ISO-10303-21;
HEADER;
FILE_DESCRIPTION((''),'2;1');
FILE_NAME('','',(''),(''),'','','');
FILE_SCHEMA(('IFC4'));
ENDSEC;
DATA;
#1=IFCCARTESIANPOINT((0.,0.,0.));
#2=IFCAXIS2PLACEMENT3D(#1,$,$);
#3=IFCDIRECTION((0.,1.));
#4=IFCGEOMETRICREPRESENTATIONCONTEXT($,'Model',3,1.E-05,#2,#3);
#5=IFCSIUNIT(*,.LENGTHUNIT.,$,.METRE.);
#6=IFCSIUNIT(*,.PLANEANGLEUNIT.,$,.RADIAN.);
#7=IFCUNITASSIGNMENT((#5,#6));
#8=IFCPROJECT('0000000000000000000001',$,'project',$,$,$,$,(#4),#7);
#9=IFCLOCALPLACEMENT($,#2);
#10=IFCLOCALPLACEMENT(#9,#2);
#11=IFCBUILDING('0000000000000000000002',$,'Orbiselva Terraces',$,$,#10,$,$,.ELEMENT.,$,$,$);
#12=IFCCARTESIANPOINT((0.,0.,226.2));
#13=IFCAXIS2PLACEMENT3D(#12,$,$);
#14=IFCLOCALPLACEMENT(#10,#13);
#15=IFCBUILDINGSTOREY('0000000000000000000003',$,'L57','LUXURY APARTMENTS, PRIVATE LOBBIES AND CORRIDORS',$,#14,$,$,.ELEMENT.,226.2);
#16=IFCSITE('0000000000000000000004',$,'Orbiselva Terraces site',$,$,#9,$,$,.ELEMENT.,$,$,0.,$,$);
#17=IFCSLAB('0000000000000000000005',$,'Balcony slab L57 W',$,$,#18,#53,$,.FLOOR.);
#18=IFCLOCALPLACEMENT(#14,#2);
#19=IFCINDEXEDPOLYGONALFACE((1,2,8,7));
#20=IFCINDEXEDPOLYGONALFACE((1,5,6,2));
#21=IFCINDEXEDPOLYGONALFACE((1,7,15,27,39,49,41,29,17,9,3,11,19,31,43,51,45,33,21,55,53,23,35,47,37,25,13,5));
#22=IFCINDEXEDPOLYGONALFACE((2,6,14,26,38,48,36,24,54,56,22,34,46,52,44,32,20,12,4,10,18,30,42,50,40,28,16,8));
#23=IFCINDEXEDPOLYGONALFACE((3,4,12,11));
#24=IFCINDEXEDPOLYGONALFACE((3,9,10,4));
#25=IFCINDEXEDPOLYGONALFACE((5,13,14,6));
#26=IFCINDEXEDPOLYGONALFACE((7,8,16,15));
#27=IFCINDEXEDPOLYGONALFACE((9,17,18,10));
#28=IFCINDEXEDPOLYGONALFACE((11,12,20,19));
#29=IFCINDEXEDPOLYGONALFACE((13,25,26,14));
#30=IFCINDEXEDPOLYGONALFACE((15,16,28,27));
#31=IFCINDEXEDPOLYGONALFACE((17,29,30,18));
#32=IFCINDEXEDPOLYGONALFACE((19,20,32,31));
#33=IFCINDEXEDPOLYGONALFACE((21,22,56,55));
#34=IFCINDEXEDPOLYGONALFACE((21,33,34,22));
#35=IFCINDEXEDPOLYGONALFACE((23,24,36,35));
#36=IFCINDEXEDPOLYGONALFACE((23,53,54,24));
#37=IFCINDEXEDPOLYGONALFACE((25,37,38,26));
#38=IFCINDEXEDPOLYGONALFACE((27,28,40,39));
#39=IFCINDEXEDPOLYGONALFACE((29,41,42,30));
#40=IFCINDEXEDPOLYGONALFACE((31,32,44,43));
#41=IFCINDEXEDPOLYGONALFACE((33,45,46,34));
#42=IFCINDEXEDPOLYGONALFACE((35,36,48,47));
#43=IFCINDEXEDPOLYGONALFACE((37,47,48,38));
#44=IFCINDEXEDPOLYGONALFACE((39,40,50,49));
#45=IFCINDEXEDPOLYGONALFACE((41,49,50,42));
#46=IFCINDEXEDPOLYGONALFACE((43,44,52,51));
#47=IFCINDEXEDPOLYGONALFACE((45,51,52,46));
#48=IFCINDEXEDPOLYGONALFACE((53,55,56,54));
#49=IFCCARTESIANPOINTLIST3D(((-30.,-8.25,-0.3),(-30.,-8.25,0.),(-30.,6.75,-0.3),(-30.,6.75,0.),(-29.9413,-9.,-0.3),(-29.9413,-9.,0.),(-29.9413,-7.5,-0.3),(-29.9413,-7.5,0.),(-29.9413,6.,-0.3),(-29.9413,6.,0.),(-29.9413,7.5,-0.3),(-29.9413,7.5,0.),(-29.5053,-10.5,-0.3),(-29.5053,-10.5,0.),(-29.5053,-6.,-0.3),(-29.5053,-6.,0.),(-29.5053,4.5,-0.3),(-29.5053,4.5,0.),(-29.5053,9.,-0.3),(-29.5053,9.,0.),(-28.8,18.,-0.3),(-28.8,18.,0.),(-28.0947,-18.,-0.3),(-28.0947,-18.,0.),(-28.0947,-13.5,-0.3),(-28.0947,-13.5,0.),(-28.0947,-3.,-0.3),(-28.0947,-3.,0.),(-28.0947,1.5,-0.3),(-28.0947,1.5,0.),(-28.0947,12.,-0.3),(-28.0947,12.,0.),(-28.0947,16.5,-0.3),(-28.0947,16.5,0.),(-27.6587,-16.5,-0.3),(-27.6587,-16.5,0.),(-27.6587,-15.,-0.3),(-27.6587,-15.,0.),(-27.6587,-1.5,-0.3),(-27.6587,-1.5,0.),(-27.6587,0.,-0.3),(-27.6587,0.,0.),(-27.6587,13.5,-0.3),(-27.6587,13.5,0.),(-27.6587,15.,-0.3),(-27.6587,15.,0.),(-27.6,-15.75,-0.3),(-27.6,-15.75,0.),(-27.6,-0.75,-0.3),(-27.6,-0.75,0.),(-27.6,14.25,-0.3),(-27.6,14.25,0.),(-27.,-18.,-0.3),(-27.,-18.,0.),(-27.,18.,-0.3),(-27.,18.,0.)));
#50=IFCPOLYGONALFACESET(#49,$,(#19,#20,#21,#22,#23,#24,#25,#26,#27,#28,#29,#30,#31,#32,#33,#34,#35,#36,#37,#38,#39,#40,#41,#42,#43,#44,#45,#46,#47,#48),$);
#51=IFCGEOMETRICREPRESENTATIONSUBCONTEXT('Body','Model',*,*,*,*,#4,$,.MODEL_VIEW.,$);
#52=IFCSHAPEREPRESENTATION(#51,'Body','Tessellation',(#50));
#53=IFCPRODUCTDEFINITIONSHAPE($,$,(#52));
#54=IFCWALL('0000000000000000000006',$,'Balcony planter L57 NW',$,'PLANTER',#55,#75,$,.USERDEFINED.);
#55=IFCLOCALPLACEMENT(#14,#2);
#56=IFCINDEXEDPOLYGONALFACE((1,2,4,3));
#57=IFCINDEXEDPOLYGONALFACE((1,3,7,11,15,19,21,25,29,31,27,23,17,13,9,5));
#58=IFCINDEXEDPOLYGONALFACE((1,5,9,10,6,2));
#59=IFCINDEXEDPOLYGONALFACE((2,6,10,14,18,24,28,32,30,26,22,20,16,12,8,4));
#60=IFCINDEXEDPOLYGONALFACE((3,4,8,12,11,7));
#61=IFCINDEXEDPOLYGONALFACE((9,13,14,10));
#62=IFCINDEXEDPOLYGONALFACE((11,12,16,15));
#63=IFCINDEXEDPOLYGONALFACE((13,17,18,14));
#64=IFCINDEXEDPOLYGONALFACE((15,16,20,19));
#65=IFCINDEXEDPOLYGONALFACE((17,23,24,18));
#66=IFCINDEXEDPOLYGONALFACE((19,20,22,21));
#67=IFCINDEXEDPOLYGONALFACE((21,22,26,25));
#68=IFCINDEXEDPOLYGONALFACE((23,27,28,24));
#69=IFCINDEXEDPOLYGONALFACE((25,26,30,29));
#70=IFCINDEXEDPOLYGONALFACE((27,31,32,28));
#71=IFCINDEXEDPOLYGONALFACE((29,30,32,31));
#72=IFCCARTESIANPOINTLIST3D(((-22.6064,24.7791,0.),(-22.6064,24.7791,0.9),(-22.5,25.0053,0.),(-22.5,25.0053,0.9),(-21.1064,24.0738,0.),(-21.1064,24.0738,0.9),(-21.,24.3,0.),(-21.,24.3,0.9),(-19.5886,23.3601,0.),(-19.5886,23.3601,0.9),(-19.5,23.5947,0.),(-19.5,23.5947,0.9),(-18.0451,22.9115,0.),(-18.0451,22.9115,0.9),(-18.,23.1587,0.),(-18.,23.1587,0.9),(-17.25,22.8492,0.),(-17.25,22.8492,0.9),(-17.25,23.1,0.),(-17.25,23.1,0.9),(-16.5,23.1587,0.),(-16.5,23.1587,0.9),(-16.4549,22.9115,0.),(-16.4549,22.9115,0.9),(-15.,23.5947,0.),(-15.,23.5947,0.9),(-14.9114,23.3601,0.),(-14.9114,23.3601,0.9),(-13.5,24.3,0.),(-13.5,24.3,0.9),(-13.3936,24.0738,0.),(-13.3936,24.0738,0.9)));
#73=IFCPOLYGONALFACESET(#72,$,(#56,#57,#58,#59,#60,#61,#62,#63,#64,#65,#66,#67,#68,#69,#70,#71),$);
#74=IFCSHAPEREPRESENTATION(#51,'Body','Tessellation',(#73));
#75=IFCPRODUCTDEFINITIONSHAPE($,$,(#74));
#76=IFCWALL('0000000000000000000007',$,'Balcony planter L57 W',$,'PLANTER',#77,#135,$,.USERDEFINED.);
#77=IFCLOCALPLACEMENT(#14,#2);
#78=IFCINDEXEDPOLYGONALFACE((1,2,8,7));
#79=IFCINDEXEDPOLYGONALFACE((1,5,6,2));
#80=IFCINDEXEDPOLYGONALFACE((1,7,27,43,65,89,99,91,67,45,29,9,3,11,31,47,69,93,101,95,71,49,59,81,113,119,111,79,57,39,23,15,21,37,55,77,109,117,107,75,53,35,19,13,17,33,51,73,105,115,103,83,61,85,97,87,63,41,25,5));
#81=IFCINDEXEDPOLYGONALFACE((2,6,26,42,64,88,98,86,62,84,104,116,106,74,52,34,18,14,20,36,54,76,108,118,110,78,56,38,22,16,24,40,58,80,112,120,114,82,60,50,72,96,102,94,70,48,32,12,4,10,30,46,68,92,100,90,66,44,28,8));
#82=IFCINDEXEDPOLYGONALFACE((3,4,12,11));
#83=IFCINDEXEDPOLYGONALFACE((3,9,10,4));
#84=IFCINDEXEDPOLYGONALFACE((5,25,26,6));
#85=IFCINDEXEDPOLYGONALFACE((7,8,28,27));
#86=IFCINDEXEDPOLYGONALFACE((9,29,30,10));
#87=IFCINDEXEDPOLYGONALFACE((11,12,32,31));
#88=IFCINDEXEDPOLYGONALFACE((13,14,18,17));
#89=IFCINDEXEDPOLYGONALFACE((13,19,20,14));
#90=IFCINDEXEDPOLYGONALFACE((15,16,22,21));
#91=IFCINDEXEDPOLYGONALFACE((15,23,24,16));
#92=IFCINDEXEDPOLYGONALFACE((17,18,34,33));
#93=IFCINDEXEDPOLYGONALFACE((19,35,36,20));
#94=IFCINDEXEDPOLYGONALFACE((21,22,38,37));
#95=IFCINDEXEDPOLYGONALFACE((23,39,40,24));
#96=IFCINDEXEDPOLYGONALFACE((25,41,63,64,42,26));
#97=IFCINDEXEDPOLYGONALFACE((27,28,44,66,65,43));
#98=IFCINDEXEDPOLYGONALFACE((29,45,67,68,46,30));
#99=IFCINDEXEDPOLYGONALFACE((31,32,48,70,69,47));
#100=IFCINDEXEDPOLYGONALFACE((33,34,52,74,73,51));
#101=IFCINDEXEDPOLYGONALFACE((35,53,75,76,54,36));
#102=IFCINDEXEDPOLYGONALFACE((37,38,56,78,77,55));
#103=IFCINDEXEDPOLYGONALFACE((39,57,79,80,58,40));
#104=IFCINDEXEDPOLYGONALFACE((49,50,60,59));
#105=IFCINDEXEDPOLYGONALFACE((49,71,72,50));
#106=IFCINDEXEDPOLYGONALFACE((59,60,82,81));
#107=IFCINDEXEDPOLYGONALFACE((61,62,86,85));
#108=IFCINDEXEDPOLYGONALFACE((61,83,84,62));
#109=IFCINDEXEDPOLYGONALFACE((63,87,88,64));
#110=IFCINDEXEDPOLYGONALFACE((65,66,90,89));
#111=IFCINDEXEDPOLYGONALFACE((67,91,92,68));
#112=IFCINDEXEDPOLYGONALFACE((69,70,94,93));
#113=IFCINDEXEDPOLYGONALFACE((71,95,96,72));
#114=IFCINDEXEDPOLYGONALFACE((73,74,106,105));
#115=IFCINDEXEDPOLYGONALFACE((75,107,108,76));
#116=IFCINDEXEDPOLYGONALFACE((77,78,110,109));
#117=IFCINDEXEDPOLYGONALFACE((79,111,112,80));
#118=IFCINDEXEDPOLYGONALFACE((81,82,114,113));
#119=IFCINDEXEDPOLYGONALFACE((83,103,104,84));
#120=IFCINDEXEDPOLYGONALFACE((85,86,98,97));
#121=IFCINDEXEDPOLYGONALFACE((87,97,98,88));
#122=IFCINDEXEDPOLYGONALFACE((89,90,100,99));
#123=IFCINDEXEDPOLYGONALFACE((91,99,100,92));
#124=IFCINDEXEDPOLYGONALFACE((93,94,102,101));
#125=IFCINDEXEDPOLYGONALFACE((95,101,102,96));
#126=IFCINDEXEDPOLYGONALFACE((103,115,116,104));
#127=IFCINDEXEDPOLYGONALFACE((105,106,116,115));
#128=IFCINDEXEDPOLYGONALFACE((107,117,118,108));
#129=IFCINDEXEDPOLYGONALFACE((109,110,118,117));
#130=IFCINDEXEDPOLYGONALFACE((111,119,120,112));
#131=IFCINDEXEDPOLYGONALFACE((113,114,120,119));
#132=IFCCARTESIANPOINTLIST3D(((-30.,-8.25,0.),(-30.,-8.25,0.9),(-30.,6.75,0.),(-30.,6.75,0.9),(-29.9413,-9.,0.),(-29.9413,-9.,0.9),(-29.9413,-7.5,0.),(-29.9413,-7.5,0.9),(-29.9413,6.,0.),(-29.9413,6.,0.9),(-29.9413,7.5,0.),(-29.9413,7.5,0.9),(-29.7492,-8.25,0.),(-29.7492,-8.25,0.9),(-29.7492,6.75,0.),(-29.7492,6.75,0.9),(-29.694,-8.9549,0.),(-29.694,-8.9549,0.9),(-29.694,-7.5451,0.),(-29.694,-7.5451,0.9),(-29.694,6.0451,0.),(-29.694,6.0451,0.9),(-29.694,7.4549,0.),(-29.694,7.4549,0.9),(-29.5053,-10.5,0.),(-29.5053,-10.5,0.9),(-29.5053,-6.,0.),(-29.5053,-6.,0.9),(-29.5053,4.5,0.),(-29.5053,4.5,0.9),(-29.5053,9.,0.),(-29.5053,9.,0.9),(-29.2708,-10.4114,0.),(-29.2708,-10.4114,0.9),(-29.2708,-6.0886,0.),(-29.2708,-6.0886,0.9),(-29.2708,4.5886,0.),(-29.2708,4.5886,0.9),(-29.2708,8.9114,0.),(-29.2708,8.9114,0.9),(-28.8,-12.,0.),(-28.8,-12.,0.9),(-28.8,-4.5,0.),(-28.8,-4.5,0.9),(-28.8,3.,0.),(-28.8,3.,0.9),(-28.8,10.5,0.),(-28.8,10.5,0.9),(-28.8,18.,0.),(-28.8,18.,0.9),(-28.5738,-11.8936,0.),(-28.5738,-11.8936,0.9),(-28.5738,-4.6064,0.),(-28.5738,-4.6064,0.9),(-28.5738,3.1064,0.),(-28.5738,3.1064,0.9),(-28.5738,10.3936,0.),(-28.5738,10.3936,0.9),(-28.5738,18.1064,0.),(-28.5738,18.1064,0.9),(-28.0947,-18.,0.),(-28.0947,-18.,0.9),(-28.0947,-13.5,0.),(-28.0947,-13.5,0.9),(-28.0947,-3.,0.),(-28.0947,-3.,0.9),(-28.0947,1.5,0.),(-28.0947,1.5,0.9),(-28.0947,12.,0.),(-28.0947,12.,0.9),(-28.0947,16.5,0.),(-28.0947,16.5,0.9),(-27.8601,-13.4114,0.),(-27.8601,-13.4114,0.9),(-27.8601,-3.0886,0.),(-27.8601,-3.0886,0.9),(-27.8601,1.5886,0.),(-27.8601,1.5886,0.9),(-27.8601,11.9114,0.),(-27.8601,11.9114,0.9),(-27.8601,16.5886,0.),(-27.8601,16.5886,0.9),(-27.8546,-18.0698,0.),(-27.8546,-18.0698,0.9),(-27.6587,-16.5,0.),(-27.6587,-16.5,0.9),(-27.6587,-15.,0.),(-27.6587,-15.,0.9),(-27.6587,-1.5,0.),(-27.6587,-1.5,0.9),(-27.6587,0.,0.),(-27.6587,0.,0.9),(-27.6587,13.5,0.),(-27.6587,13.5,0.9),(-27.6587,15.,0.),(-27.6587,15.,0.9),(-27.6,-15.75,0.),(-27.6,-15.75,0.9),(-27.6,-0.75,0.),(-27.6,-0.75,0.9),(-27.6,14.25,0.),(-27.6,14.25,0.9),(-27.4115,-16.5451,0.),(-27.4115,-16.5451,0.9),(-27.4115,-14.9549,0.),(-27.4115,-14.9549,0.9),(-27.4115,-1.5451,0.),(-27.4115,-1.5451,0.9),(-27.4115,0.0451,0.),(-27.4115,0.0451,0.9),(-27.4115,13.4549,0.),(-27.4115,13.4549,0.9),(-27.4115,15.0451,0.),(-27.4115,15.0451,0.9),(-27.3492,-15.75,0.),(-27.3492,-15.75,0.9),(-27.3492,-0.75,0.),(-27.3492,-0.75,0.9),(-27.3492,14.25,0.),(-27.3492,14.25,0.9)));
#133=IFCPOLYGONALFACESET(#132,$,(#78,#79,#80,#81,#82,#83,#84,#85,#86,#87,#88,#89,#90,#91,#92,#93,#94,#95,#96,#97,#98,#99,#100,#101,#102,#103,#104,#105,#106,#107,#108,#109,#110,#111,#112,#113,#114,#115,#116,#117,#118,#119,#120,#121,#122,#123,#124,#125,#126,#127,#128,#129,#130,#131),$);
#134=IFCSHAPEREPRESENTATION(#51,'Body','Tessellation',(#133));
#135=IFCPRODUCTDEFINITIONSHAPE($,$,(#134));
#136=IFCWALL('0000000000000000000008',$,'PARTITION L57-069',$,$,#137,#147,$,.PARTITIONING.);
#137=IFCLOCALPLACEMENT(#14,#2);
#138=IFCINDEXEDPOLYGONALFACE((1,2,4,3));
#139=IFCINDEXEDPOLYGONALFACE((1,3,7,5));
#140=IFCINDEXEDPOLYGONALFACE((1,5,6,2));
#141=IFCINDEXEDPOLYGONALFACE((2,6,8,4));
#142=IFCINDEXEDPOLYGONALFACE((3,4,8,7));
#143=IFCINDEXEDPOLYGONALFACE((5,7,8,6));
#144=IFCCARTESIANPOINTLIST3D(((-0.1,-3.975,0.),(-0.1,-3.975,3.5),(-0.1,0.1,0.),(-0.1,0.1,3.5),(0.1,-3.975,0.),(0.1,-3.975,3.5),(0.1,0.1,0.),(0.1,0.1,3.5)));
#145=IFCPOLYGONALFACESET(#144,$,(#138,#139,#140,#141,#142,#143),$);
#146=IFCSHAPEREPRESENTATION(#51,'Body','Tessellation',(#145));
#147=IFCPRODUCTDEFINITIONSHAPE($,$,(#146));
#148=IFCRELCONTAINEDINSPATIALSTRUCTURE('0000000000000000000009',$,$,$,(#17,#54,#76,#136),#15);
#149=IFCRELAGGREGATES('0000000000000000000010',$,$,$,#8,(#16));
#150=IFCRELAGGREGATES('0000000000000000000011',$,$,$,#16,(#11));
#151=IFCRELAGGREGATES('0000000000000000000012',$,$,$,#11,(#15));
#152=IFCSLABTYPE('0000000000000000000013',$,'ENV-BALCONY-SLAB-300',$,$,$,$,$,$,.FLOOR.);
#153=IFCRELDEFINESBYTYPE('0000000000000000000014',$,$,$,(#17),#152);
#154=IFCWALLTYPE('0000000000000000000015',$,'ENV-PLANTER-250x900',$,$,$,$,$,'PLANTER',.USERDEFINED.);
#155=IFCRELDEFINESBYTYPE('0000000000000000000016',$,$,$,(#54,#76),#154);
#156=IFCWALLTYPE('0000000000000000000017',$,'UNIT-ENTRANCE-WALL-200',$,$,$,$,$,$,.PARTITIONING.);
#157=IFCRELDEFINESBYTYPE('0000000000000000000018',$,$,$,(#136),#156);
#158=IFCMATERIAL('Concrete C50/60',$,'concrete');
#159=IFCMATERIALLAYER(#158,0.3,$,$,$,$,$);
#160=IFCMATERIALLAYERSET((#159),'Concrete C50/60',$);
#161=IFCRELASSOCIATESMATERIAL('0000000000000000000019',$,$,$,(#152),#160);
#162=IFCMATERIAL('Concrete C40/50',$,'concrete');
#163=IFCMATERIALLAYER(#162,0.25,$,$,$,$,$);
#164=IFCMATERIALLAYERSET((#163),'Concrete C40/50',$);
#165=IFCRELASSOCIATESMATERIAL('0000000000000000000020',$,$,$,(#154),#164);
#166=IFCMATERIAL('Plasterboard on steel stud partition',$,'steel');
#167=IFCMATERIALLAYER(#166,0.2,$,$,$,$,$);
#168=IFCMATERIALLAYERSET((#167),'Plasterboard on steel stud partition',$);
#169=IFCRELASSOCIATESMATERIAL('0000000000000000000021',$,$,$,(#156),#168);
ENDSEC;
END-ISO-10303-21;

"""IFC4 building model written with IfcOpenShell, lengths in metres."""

from ifc_helpers import new_model, si_unit, direction, frame, frame_2d, origin, place, context, subcontext, project, spatial, polyline, rectangle, outline, extrude, material, layer, layer_set, type_object, element, save


model = new_model("IFC4")

# Units and contexts
model_context = context("Model", 3, precision=1e-05, world=origin(), true_north=direction((0.0, 1.0)))
body_context = subcontext(model_context, "Body", "Model", "MODEL_VIEW")
ifc_project = project(units=[si_unit("LENGTHUNIT", "METRE"), si_unit("PLANEANGLEUNIT", "RADIAN")], contexts=[model_context])

# Site, building, storey
site_placement = place(None, origin())
site = spatial("IfcSite", under=ifc_project, at=site_placement, Name="Orbiselva Terraces site", CompositionType="ELEMENT", RefElevation=0.0)
building_placement = place(site_placement, origin())
building = spatial("IfcBuilding", under=site, at=building_placement, Name="Orbiselva Terraces", CompositionType="ELEMENT")
storey_placement = place(building_placement, frame((0.0, 0.0, 226.2)))
storey = spatial("IfcBuildingStorey", under=building, at=storey_placement, Name="L57", Description="LUXURY APARTMENTS, PRIVATE LOBBIES AND CORRIDORS", CompositionType="ELEMENT", Elevation=226.2)

# Shared definitions
ifc_material_1 = material(Name="Concrete C50/60", Category="concrete")

# Shared definitions
ifc_material_2 = material(Name="Concrete C40/50", Category="concrete")

# Slab
ifc_layer_1 = layer(ifc_material_1, 0.3)
ifc_layer_set_1 = layer_set([ifc_layer_1], Name="Concrete C50/60")
slab_type_1 = type_object("IfcSlabType", Name="ENV-BALCONY-SLAB-300", PredefinedType="FLOOR", material=ifc_layer_set_1)
slab_1_placement = place(storey_placement, frame((0.0, 0.0, -0.3)))
element("IfcSlab", 1, at=slab_1_placement, inside=storey, type_object=slab_type_1, Name="Balcony slab L57 W", PredefinedType="FLOOR", context=body_context, shape_type="SweptSolid", body=[
    extrude(outline(polyline([(-28.8, 18.0), (-28.0947, 16.5), (-27.6587, 15.0), (-27.6, 14.25), (-27.6587, 13.5), (-28.0947, 12.0), (-29.5053, 9.0), (-29.9413, 7.5), (-30.0, 6.75), (-29.9413, 6.0), (-29.5053, 4.5), (-28.0947, 1.5), (-27.6587, 0.0), (-27.6, -0.75), (-27.6587, -1.5), (-28.0947, -3.0), (-29.5053, -6.0), (-29.9413, -7.5), (-30.0, -8.25), (-29.9413, -9.0), (-29.5053, -10.5), (-28.0947, -13.5), (-27.6587, -15.0), (-27.6, -15.75), (-27.6587, -16.5), (-28.0947, -18.0), (-27.0, -18.0), (-27.0, 18.0), (-28.8, 18.0)])), origin(), (0.0, 0.0, 1.0), 0.3),
])

# Walls
ifc_layer_2 = layer(ifc_material_2, 0.25)
ifc_layer_set_2 = layer_set([ifc_layer_2], Name="Concrete C40/50")
wall_type_1 = type_object("IfcWallType", Name="ENV-PLANTER-250x900", ElementType="PLANTER", PredefinedType="USERDEFINED", material=ifc_layer_set_2)
wall_1_placement = place(storey_placement, origin())
element("IfcWall", 2, at=wall_1_placement, inside=storey, type_object=wall_type_1, Name="Balcony planter L57 NW", ObjectType="PLANTER", PredefinedType="USERDEFINED", context=body_context, shape_type="SweptSolid", body=[
    extrude(outline(polyline([(-13.5, 24.3), (-15.0, 23.5947), (-16.5, 23.1587), (-17.25, 23.1), (-18.0, 23.1587), (-19.5, 23.5947), (-21.0, 24.3), (-22.5, 25.0053), (-22.6064, 24.7791), (-21.1064, 24.0738), (-19.5886, 23.3601), (-18.0451, 22.9115), (-17.25, 22.8492), (-16.4549, 22.9115), (-14.9114, 23.3601), (-13.3936, 24.0738), (-13.5, 24.3)])), origin(), (0.0, 0.0, 1.0), 0.9),
])
wall_2_placement = place(storey_placement, origin())
element("IfcWall", 3, at=wall_2_placement, inside=storey, type_object=wall_type_1, Name="Balcony planter L57 W", ObjectType="PLANTER", PredefinedType="USERDEFINED", context=body_context, shape_type="SweptSolid", body=[
    extrude(outline(polyline([(-28.8, 18.0), (-28.0947, 16.5), (-27.6587, 15.0), (-27.6, 14.25), (-27.6587, 13.5), (-28.0947, 12.0), (-28.8, 10.5), (-29.5053, 9.0), (-29.9413, 7.5), (-30.0, 6.75), (-29.9413, 6.0), (-29.5053, 4.5), (-28.8, 3.0), (-28.0947, 1.5), (-27.6587, 0.0), (-27.6, -0.75), (-27.6587, -1.5), (-28.0947, -3.0), (-28.8, -4.5), (-29.5053, -6.0), (-29.9413, -7.5), (-30.0, -8.25), (-29.9413, -9.0), (-29.5053, -10.5), (-28.8, -12.0), (-28.0947, -13.5), (-27.6587, -15.0), (-27.6, -15.75), (-27.6587, -16.5), (-28.0947, -18.0), (-27.8546, -18.0698), (-27.4115, -16.5451), (-27.3492, -15.75), (-27.4115, -14.9549), (-27.8601, -13.4114), (-28.5738, -11.8936), (-29.2708, -10.4114), (-29.694, -8.9549), (-29.7492, -8.25), (-29.694, -7.5451), (-29.2708, -6.0886), (-28.5738, -4.6064), (-27.8601, -3.0886), (-27.4115, -1.5451), (-27.3492, -0.75), (-27.4115, 0.0451), (-27.8601, 1.5886), (-28.5738, 3.1064), (-29.2708, 4.5886), (-29.694, 6.0451), (-29.7492, 6.75), (-29.694, 7.4549), (-29.2708, 8.9114), (-28.5738, 10.3936), (-27.8601, 11.9114), (-27.4115, 13.4549), (-27.3492, 14.25), (-27.4115, 15.0451), (-27.8601, 16.5886), (-28.5738, 18.1064), (-28.8, 18.0)])), origin(), (0.0, 0.0, 1.0), 0.9),
])
ifc_material_3 = material(Name="Plasterboard on steel stud partition", Category="steel")
ifc_layer_3 = layer(ifc_material_3, 0.2)
ifc_layer_set_3 = layer_set([ifc_layer_3], Name="Plasterboard on steel stud partition")
wall_type_2 = type_object("IfcWallType", Name="UNIT-ENTRANCE-WALL-200", PredefinedType="PARTITIONING", material=ifc_layer_set_3)
wall_3_placement = place(storey_placement, frame((0.0, -3.975, 0.0), z_axis=(0.0, 0.0, 1.0), x_axis=(0.0, 1.0, 0.0)))
element("IfcWall", 4, at=wall_3_placement, inside=storey, type_object=wall_type_2, Name="PARTITION L57-069", PredefinedType="PARTITIONING", context=body_context, shape_type="SweptSolid", body=[
    extrude(rectangle(XDim=4.075, YDim=0.2, at=frame_2d((2.0375, 0.0))), origin(), (0.0, 0.0, 1.0), 3.5),
])

save(model, "model.ifc")
